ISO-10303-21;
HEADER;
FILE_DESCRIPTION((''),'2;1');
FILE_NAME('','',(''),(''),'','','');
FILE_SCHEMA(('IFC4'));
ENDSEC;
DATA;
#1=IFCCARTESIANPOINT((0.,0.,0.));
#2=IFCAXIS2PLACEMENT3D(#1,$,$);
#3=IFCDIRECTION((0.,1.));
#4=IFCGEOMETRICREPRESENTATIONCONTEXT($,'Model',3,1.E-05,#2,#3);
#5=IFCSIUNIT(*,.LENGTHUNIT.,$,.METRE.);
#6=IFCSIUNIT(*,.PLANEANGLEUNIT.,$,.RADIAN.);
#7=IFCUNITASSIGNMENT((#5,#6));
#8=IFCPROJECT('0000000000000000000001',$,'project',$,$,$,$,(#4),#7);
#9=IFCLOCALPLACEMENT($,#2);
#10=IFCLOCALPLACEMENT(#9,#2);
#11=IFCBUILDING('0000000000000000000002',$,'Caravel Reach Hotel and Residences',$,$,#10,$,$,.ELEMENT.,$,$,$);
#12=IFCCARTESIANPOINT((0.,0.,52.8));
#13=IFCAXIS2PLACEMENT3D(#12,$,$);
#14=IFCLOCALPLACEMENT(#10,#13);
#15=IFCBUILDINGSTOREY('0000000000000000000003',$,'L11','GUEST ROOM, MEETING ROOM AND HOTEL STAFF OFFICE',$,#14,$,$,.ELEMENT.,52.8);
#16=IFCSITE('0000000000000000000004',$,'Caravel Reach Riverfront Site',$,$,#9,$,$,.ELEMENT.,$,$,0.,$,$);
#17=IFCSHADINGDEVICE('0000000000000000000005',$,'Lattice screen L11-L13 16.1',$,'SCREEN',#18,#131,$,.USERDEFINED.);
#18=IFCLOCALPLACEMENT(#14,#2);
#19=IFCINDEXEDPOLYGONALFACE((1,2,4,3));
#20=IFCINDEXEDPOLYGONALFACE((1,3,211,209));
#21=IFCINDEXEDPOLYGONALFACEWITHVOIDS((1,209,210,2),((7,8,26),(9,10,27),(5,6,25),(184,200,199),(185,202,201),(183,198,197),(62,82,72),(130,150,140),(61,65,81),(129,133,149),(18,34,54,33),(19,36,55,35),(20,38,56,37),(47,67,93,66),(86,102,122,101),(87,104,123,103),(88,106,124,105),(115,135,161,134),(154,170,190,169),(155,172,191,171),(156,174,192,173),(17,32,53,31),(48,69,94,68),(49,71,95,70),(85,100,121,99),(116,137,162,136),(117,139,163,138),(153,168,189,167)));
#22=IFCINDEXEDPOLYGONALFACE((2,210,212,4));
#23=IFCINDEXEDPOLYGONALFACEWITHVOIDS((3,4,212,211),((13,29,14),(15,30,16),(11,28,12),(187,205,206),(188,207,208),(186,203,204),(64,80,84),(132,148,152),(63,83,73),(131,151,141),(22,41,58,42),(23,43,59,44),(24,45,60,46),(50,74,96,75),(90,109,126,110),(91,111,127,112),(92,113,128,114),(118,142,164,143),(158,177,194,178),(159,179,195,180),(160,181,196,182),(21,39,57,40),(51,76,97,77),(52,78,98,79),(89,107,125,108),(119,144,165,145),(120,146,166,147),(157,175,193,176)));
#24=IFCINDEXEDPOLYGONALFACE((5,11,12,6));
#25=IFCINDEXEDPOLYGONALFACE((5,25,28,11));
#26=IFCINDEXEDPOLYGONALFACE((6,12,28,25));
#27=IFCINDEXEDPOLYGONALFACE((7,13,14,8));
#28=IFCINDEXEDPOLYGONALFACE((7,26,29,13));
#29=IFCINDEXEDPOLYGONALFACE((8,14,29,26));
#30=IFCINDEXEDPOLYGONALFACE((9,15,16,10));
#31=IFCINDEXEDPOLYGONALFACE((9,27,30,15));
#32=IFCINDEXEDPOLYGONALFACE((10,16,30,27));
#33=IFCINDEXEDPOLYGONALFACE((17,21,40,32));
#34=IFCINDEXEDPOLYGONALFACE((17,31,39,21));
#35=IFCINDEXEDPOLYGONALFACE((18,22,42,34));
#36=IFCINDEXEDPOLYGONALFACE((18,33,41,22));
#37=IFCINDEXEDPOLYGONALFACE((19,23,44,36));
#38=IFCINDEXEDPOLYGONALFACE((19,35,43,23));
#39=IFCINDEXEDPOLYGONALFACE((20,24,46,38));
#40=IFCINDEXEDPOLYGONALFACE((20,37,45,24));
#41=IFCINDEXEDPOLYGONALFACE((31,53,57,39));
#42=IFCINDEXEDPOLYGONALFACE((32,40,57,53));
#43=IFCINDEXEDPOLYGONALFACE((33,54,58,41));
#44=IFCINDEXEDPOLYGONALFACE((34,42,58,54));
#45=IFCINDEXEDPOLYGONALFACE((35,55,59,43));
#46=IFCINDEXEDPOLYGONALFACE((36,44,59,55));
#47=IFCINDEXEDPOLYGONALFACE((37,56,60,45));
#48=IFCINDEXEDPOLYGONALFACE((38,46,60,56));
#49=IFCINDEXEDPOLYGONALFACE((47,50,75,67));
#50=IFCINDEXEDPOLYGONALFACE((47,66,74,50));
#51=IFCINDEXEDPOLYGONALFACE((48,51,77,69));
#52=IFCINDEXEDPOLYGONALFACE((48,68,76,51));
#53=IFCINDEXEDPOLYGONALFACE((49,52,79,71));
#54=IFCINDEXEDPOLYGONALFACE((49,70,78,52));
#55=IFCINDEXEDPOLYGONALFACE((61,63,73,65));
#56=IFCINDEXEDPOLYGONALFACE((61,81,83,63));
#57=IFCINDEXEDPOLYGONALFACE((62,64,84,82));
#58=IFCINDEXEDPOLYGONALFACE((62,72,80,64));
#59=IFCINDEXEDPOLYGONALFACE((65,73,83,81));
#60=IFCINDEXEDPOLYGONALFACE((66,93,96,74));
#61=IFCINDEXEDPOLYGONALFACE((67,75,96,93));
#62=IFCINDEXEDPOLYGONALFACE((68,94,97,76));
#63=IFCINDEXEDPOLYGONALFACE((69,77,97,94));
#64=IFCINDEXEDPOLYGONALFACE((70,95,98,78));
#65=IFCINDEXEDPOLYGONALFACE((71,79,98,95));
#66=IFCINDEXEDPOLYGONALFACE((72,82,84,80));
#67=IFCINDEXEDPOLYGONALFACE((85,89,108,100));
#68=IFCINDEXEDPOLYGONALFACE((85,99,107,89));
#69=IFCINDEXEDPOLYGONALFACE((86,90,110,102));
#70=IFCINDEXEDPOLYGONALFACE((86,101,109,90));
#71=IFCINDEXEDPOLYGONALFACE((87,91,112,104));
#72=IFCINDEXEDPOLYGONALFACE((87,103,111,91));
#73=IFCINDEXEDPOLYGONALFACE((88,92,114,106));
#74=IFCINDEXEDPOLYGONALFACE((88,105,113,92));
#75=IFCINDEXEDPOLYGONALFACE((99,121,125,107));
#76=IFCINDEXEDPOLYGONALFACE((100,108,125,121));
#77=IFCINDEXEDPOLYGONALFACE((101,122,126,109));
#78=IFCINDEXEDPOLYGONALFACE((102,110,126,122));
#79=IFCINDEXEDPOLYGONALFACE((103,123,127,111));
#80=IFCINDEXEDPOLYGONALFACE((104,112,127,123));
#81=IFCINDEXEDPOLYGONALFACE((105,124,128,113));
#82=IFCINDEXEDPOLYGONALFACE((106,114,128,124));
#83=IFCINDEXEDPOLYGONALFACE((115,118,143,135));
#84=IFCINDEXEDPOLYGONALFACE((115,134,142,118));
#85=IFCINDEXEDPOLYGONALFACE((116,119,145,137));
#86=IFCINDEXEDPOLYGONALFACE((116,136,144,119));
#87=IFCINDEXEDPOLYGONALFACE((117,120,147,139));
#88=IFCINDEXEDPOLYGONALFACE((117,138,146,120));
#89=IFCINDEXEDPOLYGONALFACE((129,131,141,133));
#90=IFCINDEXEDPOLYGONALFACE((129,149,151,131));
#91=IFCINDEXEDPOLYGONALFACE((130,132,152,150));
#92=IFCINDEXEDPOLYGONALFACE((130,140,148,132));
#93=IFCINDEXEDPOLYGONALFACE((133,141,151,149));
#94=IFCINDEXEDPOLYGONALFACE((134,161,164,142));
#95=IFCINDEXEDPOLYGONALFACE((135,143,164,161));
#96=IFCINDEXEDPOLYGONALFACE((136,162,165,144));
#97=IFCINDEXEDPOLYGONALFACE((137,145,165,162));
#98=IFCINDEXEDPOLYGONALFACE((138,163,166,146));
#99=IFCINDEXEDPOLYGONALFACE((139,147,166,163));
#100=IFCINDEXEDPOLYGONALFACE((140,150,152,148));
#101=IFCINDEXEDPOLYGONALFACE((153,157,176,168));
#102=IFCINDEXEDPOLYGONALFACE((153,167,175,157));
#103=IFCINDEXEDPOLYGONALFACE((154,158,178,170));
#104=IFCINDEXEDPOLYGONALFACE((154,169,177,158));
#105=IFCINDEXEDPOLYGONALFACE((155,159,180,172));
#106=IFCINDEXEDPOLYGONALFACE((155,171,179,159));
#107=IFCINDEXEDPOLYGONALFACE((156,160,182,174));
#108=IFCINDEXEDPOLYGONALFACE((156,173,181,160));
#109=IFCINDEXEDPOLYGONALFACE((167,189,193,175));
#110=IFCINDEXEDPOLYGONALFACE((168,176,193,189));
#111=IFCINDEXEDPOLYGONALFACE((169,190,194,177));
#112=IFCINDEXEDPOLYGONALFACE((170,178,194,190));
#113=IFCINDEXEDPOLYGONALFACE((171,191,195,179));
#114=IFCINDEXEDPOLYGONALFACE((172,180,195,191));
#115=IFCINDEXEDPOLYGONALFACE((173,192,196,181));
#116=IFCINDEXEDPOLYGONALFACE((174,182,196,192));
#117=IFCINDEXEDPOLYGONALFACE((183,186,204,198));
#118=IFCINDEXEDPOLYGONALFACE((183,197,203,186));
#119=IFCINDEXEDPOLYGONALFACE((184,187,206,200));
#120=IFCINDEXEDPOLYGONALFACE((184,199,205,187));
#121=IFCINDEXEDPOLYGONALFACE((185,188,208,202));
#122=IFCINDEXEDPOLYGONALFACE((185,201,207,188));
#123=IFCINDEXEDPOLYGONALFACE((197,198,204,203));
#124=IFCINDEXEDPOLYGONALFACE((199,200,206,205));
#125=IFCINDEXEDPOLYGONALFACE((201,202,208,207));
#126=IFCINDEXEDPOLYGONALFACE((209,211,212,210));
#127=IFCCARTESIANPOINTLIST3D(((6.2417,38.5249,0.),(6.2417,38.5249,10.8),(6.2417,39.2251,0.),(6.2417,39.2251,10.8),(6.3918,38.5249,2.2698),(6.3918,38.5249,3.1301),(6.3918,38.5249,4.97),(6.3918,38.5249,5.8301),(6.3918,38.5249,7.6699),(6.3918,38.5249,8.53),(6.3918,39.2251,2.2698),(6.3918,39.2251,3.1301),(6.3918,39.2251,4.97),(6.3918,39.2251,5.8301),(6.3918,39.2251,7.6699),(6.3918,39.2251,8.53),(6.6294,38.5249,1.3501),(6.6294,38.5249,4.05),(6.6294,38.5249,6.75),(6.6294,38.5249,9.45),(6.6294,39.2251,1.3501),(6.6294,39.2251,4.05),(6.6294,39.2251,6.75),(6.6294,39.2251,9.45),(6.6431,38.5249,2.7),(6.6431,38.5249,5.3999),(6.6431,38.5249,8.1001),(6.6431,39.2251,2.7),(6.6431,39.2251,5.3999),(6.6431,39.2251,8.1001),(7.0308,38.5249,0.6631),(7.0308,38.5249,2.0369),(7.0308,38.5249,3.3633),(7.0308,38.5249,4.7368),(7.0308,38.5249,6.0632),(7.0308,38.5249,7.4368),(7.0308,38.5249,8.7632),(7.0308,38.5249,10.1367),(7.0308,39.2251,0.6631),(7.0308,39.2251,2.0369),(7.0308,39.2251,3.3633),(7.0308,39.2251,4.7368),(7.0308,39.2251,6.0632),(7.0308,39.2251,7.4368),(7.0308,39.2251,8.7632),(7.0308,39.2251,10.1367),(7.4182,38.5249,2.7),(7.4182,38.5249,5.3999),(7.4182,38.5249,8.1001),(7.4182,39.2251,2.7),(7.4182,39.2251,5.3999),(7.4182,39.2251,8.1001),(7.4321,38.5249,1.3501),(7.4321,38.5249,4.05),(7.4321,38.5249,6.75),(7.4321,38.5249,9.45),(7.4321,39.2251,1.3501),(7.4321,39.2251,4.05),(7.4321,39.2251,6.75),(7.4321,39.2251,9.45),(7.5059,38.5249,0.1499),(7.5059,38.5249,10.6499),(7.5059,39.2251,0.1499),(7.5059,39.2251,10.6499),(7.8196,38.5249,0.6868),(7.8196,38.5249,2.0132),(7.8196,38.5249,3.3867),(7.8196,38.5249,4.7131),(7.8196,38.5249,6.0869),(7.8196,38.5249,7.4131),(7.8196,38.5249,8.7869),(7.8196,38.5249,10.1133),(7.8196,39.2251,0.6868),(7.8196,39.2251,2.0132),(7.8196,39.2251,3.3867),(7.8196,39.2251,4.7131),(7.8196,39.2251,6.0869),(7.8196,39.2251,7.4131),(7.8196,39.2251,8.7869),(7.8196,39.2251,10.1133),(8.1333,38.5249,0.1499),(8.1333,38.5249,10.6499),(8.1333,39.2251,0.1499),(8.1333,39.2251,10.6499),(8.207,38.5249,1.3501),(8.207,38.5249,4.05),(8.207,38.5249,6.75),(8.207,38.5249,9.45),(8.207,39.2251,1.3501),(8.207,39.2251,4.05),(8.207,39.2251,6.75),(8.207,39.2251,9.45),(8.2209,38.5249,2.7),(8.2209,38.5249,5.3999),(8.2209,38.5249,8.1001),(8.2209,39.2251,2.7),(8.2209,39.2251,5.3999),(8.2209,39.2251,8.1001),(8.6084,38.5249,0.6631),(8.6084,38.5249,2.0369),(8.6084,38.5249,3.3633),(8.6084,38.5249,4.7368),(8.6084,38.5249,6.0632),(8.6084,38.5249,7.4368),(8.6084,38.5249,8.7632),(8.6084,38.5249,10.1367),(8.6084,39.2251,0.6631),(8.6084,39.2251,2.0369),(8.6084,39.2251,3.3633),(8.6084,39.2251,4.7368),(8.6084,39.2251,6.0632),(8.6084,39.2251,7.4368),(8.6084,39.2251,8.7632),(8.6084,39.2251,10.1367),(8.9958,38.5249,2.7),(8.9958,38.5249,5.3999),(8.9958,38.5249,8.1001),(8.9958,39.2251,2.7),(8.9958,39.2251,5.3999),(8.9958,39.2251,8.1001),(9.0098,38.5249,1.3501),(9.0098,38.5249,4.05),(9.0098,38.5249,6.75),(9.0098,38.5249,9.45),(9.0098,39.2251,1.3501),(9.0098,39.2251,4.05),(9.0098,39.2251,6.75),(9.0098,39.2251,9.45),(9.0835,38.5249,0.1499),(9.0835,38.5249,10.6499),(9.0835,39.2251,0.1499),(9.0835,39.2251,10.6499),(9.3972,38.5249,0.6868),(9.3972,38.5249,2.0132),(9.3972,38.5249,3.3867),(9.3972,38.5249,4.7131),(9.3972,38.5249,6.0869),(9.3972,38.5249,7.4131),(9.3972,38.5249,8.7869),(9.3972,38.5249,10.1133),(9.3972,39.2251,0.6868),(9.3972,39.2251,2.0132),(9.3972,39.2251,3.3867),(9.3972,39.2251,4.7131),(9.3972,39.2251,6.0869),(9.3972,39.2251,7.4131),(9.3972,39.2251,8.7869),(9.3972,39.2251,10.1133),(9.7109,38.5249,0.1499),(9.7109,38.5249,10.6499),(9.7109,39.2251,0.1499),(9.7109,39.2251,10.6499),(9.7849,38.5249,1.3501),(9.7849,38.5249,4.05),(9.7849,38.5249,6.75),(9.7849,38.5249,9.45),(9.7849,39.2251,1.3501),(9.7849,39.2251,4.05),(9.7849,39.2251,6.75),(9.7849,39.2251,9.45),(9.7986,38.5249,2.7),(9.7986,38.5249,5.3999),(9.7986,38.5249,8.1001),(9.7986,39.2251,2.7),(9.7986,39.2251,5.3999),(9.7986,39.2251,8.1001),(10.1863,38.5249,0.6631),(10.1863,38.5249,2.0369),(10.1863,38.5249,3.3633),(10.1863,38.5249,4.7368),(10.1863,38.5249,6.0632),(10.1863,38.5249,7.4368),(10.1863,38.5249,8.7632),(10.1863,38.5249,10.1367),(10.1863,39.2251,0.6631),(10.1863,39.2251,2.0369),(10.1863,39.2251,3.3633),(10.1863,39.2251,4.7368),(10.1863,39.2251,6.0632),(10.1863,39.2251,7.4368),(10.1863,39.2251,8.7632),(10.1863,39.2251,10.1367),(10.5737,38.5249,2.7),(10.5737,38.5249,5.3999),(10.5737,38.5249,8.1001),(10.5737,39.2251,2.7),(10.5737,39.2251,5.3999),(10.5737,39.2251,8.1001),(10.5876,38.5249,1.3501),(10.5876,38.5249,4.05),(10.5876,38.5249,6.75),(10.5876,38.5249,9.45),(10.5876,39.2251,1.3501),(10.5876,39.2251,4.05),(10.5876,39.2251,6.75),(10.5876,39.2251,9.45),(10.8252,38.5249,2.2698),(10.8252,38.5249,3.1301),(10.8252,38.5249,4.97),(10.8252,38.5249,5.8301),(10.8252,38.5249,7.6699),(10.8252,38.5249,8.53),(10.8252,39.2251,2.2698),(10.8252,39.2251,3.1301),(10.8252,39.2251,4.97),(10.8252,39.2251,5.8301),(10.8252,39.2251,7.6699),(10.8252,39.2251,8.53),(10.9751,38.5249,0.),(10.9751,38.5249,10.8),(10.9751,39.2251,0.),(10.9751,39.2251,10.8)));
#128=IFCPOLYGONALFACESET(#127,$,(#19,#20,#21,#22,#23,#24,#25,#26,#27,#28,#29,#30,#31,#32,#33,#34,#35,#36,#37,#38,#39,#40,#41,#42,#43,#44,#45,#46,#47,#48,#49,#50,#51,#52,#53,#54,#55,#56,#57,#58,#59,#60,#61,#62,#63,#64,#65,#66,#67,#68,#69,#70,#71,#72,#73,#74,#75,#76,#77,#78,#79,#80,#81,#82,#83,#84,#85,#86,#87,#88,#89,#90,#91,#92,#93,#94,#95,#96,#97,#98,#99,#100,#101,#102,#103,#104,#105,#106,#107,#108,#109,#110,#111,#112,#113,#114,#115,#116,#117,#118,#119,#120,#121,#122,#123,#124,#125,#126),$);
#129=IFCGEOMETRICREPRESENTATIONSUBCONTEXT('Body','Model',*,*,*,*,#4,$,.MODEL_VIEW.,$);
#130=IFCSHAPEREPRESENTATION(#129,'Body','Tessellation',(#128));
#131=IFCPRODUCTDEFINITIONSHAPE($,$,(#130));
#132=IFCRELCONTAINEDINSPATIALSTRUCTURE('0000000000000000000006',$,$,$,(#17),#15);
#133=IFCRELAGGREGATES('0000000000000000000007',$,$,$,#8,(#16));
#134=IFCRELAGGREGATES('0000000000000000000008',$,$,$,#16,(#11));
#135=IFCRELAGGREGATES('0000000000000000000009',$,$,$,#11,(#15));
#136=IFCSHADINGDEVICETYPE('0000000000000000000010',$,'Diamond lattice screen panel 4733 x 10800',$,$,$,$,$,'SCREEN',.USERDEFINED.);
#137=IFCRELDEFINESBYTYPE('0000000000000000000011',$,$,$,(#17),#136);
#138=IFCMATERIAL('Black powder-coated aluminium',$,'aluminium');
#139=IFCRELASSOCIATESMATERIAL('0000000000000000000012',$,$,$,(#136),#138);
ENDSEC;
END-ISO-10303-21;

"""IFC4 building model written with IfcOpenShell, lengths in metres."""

from ifc_helpers import new_model, si_unit, direction, frame, origin, place, context, subcontext, project, spatial, polyline, outline, extrude, material, type_object, element, save


model = new_model("IFC4")

# Units and contexts
model_context = context("Model", 3, precision=1e-05, world=origin(), true_north=direction((0.0, 1.0)))
body_context = subcontext(model_context, "Body", "Model", "MODEL_VIEW")
ifc_project = project(units=[si_unit("LENGTHUNIT", "METRE"), si_unit("PLANEANGLEUNIT", "RADIAN")], contexts=[model_context])

# Site, building, storey
site_placement = place(None, origin())
site = spatial("IfcSite", under=ifc_project, at=site_placement, Name="Caravel Reach Riverfront Site", CompositionType="ELEMENT", RefElevation=0.0)
building_placement = place(site_placement, origin())
building = spatial("IfcBuilding", under=site, at=building_placement, Name="Caravel Reach Hotel and Residences", CompositionType="ELEMENT")
storey_placement = place(building_placement, frame((0.0, 0.0, 52.8)))
storey = spatial("IfcBuildingStorey", under=building, at=storey_placement, Name="L11", Description="GUEST ROOM, MEETING ROOM AND HOTEL STAFF OFFICE", CompositionType="ELEMENT", Elevation=52.8)

# Shading device
ifc_material_1 = material(Name="Black powder-coated aluminium", Category="aluminium")
shading_device_type_1 = type_object("IfcShadingDeviceType", Name="Diamond lattice screen panel 4733 x 10800", ElementType="SCREEN", PredefinedType="USERDEFINED", material=ifc_material_1)
shading_device_1_placement = place(storey_placement, frame((10.9751, 38.5249, 0.0), z_axis=(0.0, 1.0, 0.0), x_axis=(-1.0, 0.0, 0.0)))
element("IfcShadingDevice", 1, at=shading_device_1_placement, inside=storey, type_object=shading_device_type_1, Name="Lattice screen L11-L13 16.1", ObjectType="SCREEN", PredefinedType="USERDEFINED", context=body_context, shape_type="SweptSolid", body=[
    extrude(outline(polyline([(0.0, 0.0), (4.7334, 0.0), (4.7334, 10.8), (0.0, 10.8), (0.0, 0.0)]), holes=[polyline([(0.4014, 2.7), (0.1499, 3.1301), (0.1499, 2.2698), (0.4014, 2.7)]), polyline([(0.4014, 5.3999), (0.1499, 5.8301), (0.1499, 4.97), (0.4014, 5.3999)]), polyline([(0.4014, 8.1001), (0.1499, 8.53), (0.1499, 7.6699), (0.4014, 8.1001)]), polyline([(0.7888, 2.0369), (0.3875, 1.3501), (0.7888, 0.6631), (1.1902, 1.3501), (0.7888, 2.0369)]), polyline([(0.7888, 4.7368), (0.3875, 4.05), (0.7888, 3.3633), (1.1902, 4.05), (0.7888, 4.7368)]), polyline([(0.7888, 7.4368), (0.3875, 6.75), (0.7888, 6.0632), (1.1902, 6.75), (0.7888, 7.4368)]), polyline([(0.7888, 10.1367), (0.3875, 9.45), (0.7888, 8.7632), (1.1902, 9.45), (0.7888, 10.1367)]), polyline([(1.5779, 0.6868), (1.2642, 0.1499), (1.8916, 0.1499), (1.5779, 0.6868)]), polyline([(1.5779, 3.3867), (1.1765, 2.7), (1.5779, 2.0132), (1.9792, 2.7), (1.5779, 3.3867)]), polyline([(1.5779, 6.0869), (1.1765, 5.3999), (1.5779, 4.7131), (1.9792, 5.3999), (1.5779, 6.0869)]), polyline([(1.5779, 8.7869), (1.1765, 8.1001), (1.5779, 7.4131), (1.9792, 8.1001), (1.5779, 8.7869)]), polyline([(1.5779, 10.1133), (1.8916, 10.6499), (1.2642, 10.6499), (1.5779, 10.1133)]), polyline([(2.3667, 2.0369), (1.9653, 1.3501), (2.3667, 0.6631), (2.7681, 1.3501), (2.3667, 2.0369)]), polyline([(2.3667, 4.7368), (1.9653, 4.05), (2.3667, 3.3633), (2.7681, 4.05), (2.3667, 4.7368)]), polyline([(2.3667, 7.4368), (1.9653, 6.75), (2.3667, 6.0632), (2.7681, 6.75), (2.3667, 7.4368)]), polyline([(2.3667, 10.1367), (1.9653, 9.45), (2.3667, 8.7632), (2.7681, 9.45), (2.3667, 10.1367)]), polyline([(3.1555, 0.6868), (2.8418, 0.1499), (3.4692, 0.1499), (3.1555, 0.6868)]), polyline([(3.1555, 3.3867), (2.7542, 2.7), (3.1555, 2.0132), (3.5569, 2.7), (3.1555, 3.3867)]), polyline([(3.1555, 6.0869), (2.7542, 5.3999), (3.1555, 4.7131), (3.5569, 5.3999), (3.1555, 6.0869)]), polyline([(3.1555, 8.7869), (2.7542, 8.1001), (3.1555, 7.4131), (3.5569, 8.1001), (3.1555, 8.7869)]), polyline([(3.1555, 10.1133), (3.4692, 10.6499), (2.8418, 10.6499), (3.1555, 10.1133)]), polyline([(3.9443, 2.0369), (3.543, 1.3501), (3.9443, 0.6631), (4.3457, 1.3501), (3.9443, 2.0369)]), polyline([(3.9443, 4.7368), (3.543, 4.05), (3.9443, 3.3633), (4.3457, 4.05), (3.9443, 4.7368)]), polyline([(3.9443, 7.4368), (3.543, 6.75), (3.9443, 6.0632), (4.3457, 6.75), (3.9443, 7.4368)]), polyline([(3.9443, 10.1367), (3.543, 9.45), (3.9443, 8.7632), (4.3457, 9.45), (3.9443, 10.1367)]), polyline([(4.332, 2.7), (4.5833, 2.2698), (4.5833, 3.1301), (4.332, 2.7)]), polyline([(4.332, 5.3999), (4.5833, 4.97), (4.5833, 5.8301), (4.332, 5.3999)]), polyline([(4.332, 8.1001), (4.5833, 7.6699), (4.5833, 8.53), (4.332, 8.1001)])]), origin(), (0.0, 0.0, 1.0), 0.7002),
])

save(model, "model.ifc")
